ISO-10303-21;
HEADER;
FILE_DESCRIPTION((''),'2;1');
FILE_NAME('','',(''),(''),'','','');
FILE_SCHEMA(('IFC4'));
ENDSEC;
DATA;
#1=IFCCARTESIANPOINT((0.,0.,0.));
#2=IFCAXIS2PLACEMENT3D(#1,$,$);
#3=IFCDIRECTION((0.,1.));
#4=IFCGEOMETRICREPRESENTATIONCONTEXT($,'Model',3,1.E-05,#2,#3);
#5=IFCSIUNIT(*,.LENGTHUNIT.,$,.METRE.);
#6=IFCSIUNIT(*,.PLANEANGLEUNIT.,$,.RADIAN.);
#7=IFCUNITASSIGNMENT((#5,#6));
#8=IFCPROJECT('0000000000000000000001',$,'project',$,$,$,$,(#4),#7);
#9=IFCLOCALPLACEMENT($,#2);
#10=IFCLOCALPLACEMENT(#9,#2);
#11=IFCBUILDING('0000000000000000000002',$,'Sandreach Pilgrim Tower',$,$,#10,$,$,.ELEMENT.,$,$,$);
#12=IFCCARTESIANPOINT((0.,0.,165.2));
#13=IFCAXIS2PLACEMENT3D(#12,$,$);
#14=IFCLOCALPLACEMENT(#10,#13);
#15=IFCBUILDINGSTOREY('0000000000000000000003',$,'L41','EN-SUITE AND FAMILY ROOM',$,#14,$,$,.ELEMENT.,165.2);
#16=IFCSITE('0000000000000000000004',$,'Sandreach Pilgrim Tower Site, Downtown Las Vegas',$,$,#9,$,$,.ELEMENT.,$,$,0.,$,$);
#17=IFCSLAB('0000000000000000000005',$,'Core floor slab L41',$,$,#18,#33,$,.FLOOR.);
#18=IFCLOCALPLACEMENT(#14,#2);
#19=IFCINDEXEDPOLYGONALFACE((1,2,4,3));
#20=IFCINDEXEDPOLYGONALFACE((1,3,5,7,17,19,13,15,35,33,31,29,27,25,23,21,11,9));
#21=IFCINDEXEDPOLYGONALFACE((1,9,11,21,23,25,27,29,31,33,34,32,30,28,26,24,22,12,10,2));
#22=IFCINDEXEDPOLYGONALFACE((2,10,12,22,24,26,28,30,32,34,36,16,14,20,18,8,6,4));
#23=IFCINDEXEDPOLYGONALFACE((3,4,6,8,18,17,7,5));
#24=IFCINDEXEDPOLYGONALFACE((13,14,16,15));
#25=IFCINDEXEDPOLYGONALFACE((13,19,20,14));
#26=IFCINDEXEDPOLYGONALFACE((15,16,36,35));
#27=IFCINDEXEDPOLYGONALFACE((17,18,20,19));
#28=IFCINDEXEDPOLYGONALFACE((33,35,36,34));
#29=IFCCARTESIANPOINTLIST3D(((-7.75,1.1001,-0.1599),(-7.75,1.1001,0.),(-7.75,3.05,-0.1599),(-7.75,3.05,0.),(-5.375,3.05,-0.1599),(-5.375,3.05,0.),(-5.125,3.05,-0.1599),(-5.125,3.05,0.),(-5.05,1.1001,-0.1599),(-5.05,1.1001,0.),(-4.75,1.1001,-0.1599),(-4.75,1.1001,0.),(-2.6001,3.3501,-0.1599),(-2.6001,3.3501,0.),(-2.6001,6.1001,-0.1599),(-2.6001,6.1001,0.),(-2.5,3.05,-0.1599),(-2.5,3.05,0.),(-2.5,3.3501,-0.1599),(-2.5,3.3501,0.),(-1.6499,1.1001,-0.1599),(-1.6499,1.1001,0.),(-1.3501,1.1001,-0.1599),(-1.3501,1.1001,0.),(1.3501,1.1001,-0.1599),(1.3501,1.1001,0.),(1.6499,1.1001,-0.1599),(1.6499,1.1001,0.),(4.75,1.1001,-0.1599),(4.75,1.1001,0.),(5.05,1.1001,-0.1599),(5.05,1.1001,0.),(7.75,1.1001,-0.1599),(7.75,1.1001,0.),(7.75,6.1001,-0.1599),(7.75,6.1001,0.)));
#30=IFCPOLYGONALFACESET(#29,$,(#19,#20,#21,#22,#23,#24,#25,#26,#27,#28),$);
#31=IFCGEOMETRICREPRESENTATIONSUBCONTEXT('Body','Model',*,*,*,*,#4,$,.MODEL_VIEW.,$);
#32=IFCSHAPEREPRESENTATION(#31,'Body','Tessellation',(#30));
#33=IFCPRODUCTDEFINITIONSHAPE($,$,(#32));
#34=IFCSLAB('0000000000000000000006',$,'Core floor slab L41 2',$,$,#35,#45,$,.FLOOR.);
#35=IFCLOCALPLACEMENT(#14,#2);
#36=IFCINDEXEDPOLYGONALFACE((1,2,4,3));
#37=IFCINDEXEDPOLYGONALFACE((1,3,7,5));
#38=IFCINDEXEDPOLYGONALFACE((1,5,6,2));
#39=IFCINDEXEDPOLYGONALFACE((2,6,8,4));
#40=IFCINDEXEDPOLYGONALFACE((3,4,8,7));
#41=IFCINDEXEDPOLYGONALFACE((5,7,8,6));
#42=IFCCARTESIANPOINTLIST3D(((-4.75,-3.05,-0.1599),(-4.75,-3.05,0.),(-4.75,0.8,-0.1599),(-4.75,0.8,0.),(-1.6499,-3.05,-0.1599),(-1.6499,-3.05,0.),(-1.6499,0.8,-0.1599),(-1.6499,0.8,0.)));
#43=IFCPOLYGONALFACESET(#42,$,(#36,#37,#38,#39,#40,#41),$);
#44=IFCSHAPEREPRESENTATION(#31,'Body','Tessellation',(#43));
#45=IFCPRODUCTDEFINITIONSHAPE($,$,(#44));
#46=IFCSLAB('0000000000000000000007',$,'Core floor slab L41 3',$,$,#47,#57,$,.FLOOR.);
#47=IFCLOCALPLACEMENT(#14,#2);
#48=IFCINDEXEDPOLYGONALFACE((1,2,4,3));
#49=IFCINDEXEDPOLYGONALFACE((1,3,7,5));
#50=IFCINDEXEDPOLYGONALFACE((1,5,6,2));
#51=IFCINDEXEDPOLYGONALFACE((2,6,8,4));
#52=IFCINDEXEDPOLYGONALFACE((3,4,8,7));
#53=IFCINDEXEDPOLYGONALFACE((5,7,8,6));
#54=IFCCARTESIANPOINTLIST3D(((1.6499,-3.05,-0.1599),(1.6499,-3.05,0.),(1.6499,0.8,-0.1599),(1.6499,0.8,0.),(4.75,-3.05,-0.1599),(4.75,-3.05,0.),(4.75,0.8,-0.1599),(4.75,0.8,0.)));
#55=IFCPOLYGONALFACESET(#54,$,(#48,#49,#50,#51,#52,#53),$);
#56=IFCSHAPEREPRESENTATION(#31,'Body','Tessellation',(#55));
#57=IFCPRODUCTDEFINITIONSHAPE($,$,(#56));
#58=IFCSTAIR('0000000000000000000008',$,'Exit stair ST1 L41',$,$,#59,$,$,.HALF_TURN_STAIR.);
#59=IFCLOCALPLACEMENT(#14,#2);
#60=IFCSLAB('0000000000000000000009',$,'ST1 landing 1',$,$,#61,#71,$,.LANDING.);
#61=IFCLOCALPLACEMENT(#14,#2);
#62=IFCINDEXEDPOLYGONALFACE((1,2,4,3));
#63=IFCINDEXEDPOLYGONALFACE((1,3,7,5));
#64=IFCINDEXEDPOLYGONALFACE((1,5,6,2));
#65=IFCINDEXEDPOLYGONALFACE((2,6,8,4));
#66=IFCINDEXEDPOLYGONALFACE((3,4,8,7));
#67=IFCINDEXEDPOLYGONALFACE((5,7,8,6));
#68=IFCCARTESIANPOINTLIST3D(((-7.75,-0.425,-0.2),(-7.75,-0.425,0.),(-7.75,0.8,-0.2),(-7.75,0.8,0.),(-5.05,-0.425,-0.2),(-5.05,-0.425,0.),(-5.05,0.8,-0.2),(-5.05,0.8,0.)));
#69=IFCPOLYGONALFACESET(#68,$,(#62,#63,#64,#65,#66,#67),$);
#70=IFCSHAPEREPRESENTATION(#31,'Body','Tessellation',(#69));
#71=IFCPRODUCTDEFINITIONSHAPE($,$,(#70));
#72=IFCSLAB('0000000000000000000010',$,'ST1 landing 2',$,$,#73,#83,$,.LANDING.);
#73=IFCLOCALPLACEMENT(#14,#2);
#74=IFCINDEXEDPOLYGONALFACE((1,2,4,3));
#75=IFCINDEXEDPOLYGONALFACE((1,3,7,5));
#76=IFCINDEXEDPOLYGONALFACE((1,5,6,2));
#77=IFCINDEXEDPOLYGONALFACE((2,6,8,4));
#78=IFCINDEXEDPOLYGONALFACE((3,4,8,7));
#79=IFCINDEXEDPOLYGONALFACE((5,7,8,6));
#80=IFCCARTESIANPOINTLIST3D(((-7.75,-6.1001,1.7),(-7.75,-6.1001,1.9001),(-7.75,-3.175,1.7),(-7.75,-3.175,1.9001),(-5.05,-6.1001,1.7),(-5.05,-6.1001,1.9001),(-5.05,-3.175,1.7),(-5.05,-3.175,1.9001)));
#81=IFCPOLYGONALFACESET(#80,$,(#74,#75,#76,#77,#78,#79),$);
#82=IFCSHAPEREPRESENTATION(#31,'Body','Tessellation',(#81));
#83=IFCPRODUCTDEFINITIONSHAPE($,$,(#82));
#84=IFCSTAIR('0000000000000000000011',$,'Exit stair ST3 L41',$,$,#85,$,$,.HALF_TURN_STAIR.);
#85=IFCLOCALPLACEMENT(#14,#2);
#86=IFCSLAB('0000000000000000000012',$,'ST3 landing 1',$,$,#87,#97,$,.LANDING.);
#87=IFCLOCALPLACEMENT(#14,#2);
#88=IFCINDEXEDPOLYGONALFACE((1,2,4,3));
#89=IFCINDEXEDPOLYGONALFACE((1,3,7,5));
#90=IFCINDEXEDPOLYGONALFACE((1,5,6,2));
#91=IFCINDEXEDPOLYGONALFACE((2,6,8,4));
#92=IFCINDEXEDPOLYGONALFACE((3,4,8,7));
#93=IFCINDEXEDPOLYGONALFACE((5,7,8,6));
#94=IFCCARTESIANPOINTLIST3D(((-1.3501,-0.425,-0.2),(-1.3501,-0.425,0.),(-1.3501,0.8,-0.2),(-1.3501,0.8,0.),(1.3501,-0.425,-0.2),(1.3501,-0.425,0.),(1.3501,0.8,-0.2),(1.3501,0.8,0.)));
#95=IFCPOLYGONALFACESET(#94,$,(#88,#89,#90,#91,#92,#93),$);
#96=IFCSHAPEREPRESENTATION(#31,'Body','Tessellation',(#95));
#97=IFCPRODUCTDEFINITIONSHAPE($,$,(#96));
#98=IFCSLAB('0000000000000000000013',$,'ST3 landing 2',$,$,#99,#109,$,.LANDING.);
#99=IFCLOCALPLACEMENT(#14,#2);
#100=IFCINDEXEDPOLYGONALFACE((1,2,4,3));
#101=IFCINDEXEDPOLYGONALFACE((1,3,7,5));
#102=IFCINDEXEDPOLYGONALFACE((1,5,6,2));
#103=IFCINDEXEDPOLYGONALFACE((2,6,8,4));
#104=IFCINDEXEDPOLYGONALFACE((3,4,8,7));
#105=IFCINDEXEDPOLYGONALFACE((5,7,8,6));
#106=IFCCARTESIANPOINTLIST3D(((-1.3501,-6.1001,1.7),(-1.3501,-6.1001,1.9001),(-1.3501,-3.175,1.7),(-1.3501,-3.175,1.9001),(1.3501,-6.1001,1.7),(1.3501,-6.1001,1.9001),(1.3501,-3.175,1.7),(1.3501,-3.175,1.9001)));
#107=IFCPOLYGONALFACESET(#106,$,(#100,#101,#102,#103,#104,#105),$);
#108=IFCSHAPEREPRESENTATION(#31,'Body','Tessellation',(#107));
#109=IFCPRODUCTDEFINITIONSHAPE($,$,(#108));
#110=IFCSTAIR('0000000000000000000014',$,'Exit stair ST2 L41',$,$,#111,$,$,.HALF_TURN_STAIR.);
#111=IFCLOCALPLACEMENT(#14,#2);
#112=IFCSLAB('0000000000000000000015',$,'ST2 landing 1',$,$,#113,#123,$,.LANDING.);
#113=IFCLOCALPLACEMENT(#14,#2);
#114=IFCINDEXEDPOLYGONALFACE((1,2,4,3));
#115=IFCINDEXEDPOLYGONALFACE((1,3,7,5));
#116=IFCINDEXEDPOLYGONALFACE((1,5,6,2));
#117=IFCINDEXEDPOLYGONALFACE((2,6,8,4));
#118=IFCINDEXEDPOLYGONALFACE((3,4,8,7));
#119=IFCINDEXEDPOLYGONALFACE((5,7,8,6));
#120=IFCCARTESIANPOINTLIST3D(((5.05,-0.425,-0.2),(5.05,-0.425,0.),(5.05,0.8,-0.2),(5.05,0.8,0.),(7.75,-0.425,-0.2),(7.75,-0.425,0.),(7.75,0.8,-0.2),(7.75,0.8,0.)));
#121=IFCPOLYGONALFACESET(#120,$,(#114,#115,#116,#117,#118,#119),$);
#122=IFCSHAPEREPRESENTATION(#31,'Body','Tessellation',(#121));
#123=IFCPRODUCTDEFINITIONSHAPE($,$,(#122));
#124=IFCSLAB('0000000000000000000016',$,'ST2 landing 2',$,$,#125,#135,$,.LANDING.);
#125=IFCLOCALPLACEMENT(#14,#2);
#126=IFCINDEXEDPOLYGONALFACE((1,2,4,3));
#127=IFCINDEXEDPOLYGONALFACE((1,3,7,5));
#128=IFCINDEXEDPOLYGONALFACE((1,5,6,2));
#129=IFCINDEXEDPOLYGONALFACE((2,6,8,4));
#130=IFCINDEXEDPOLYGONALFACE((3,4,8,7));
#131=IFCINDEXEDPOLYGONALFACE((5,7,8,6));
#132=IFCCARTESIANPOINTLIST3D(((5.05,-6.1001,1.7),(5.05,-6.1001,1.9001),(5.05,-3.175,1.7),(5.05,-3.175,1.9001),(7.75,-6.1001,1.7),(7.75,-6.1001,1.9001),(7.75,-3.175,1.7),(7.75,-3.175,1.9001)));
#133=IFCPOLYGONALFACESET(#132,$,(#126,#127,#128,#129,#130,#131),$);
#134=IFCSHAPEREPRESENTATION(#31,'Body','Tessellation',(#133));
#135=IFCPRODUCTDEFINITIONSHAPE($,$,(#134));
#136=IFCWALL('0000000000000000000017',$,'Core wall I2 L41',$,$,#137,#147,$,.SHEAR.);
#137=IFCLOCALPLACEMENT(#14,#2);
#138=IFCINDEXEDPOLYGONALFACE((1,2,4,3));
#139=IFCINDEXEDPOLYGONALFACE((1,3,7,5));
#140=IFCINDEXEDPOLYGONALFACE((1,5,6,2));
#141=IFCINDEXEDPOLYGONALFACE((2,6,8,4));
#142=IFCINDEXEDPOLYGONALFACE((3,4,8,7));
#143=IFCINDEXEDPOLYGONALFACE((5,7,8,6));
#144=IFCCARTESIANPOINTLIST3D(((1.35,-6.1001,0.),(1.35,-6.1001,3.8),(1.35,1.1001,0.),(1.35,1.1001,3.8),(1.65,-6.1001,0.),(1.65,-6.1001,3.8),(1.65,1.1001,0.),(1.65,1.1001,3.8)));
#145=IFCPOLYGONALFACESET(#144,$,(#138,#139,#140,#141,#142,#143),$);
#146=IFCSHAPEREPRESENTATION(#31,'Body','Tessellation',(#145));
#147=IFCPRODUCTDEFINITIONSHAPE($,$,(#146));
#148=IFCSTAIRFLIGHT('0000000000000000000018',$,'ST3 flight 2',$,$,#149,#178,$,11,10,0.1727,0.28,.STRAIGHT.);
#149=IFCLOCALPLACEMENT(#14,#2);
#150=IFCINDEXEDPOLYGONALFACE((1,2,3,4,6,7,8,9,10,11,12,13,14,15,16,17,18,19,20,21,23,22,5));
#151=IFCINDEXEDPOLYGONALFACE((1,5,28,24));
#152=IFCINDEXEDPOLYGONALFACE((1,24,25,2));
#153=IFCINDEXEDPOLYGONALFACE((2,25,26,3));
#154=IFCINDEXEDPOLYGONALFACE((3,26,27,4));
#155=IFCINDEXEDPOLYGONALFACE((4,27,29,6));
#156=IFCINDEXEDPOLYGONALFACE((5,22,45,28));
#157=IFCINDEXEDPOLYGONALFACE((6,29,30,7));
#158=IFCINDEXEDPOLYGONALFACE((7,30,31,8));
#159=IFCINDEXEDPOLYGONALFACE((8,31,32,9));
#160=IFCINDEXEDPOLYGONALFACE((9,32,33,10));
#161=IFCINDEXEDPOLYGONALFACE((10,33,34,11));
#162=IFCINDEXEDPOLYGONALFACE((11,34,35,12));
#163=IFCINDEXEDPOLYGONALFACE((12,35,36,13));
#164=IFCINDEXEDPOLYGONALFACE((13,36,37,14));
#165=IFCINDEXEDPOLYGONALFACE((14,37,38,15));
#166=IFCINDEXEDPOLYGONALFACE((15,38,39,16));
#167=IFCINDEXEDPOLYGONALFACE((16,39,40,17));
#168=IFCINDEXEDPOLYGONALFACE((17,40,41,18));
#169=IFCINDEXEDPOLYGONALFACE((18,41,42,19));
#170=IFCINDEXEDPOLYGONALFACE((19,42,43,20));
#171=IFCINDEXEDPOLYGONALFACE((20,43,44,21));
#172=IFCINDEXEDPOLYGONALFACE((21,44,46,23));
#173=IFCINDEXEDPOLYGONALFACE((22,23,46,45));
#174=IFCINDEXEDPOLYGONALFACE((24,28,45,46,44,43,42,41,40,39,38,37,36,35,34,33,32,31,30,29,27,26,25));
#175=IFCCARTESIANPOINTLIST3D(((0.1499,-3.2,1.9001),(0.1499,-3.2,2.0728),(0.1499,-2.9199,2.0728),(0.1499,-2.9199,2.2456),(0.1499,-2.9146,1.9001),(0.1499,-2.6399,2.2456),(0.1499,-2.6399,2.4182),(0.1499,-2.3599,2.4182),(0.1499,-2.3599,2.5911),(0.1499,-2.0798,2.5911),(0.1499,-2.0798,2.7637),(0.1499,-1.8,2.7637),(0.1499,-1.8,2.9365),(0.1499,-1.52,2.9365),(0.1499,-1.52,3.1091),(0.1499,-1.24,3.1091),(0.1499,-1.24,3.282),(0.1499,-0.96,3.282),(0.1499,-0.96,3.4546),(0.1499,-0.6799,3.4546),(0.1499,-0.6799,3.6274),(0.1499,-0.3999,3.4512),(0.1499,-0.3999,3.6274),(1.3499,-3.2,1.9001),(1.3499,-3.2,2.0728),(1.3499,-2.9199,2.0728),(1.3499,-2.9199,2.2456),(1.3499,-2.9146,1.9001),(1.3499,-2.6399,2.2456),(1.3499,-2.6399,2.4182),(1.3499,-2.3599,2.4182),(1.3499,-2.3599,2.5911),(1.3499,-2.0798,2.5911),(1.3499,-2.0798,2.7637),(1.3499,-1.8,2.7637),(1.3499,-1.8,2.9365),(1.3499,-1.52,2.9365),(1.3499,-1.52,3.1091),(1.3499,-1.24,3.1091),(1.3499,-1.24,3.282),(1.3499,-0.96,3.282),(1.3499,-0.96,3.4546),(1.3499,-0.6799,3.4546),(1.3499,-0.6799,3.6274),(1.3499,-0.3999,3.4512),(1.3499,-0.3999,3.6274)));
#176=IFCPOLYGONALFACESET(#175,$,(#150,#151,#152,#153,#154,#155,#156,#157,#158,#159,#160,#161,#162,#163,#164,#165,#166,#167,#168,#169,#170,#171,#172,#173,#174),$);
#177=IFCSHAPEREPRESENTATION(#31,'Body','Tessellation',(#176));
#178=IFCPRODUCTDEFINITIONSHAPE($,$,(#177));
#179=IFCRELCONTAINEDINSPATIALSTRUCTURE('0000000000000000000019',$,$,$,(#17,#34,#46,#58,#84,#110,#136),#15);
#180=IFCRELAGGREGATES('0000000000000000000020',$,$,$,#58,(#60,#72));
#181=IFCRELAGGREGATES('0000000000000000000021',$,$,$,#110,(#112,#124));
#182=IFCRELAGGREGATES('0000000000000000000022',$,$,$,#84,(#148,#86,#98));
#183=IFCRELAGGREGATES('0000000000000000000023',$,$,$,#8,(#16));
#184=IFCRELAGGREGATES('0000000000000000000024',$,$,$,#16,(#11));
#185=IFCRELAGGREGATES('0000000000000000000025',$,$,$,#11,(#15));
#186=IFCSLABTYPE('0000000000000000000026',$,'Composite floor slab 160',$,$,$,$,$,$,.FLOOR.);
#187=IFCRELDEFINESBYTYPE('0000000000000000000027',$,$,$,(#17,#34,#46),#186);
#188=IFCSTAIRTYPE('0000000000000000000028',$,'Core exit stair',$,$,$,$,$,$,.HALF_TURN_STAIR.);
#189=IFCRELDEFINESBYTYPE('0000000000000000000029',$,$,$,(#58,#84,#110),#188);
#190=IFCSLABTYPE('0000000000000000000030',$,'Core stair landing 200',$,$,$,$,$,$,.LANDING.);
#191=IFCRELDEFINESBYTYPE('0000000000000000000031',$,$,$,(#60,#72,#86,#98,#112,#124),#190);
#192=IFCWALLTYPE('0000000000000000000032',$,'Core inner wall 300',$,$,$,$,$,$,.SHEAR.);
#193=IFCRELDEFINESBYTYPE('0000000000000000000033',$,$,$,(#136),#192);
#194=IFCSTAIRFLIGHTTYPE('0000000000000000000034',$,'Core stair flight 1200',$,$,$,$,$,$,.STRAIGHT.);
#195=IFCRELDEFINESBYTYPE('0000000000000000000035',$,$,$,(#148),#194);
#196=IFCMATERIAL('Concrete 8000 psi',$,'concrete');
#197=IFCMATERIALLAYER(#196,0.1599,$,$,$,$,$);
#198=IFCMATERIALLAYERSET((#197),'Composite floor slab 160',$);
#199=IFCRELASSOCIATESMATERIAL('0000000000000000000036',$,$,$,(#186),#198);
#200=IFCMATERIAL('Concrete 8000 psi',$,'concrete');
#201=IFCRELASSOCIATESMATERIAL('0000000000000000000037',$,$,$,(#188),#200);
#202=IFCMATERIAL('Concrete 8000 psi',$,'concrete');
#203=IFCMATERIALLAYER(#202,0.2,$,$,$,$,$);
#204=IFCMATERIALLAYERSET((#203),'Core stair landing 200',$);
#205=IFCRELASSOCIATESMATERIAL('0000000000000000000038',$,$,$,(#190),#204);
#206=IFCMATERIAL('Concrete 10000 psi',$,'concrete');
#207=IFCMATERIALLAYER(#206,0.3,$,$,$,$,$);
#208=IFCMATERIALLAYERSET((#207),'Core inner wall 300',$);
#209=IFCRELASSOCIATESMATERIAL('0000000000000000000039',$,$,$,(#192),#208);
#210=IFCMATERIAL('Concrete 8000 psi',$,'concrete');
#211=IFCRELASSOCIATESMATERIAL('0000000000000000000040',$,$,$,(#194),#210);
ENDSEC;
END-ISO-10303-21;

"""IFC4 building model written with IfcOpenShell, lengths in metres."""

from ifc_helpers import new_model, si_unit, direction, frame, frame_2d, origin, place, context, subcontext, project, spatial, polyline, rectangle, outline, extrude, material, layer, layer_set, type_object, element, aggregate, save


model = new_model("IFC4")

# Units and contexts
model_context = context("Model", 3, precision=1e-05, world=origin(), true_north=direction((0.0, 1.0)))
body_context = subcontext(model_context, "Body", "Model", "MODEL_VIEW")
ifc_project = project(units=[si_unit("LENGTHUNIT", "METRE"), si_unit("PLANEANGLEUNIT", "RADIAN")], contexts=[model_context])

# Site, building, storey
site_placement = place(None, origin())
site = spatial("IfcSite", under=ifc_project, at=site_placement, Name="Sandreach Pilgrim Tower Site, Downtown Las Vegas", CompositionType="ELEMENT", RefElevation=0.0)
building_placement = place(site_placement, origin())
building = spatial("IfcBuilding", under=site, at=building_placement, Name="Sandreach Pilgrim Tower", CompositionType="ELEMENT")
storey_placement = place(building_placement, frame((0.0, 0.0, 165.2)))
storey = spatial("IfcBuildingStorey", under=building, at=storey_placement, Name="L41", Description="EN-SUITE AND FAMILY ROOM", CompositionType="ELEMENT", Elevation=165.2)

# Slabs
ifc_material_1 = material(Name="Concrete 8000 psi", Category="concrete")
ifc_layer_1 = layer(ifc_material_1, 0.1599)
ifc_layer_set_1 = layer_set([ifc_layer_1], Name="Composite floor slab 160")
slab_type_1 = type_object("IfcSlabType", Name="Composite floor slab 160", PredefinedType="FLOOR", material=ifc_layer_set_1)
slab_1_placement = place(storey_placement, frame((0.0, 0.0, -0.1599)))
element("IfcSlab", 1, at=slab_1_placement, inside=storey, type_object=slab_type_1, Name="Core floor slab L41", PredefinedType="FLOOR", context=body_context, shape_type="SweptSolid", body=[
    extrude(outline(polyline([(-7.75, 3.05), (-5.375, 3.05), (-5.125, 3.05), (-2.5, 3.05), (-2.5, 3.3501), (-2.6001, 3.3501), (-2.6001, 6.1001), (7.75, 6.1001), (7.75, 1.1001), (5.05, 1.1001), (4.75, 1.1001), (1.6499, 1.1001), (1.3501, 1.1001), (-1.3501, 1.1001), (-1.6499, 1.1001), (-4.75, 1.1001), (-5.05, 1.1001), (-7.75, 1.1001), (-7.75, 3.05)])), origin(), (0.0, 0.0, 1.0), 0.1599),
])
slab_2_placement = place(storey_placement, frame((0.0, 0.0, -0.1599)))
element("IfcSlab", 2, at=slab_2_placement, inside=storey, type_object=slab_type_1, Name="Core floor slab L41 2", PredefinedType="FLOOR", context=body_context, shape_type="SweptSolid", body=[
    extrude(outline(polyline([(-1.6499, -3.05), (-4.75, -3.05), (-4.75, 0.8), (-1.6499, 0.8), (-1.6499, -3.05)])), origin(), (0.0, 0.0, 1.0), 0.1599),
])
slab_3_placement = place(storey_placement, frame((0.0, 0.0, -0.1599)))
element("IfcSlab", 3, at=slab_3_placement, inside=storey, type_object=slab_type_1, Name="Core floor slab L41 3", PredefinedType="FLOOR", context=body_context, shape_type="SweptSolid", body=[
    extrude(outline(polyline([(4.75, -3.05), (1.6499, -3.05), (1.6499, 0.8), (4.75, 0.8), (4.75, -3.05)])), origin(), (0.0, 0.0, 1.0), 0.1599),
])

# Stairs, slabs
ifc_material_2 = material(Name="Concrete 8000 psi", Category="concrete")
stair_type = type_object("IfcStairType", Name="Core exit stair", PredefinedType="HALF_TURN_STAIR", material=ifc_material_2)
stair_1_placement = place(storey_placement, origin())
stair_1 = element("IfcStair", 4, at=stair_1_placement, inside=storey, type_object=stair_type, Name="Exit stair ST1 L41", PredefinedType="HALF_TURN_STAIR")
ifc_material_3 = material(Name="Concrete 8000 psi", Category="concrete")
ifc_layer_2 = layer(ifc_material_3, 0.2)
ifc_layer_set_2 = layer_set([ifc_layer_2], Name="Core stair landing 200")
slab_type_2 = type_object("IfcSlabType", Name="Core stair landing 200", PredefinedType="LANDING", material=ifc_layer_set_2)
slab_4_placement = place(storey_placement, frame((0.0, 0.0, -0.2)))
slab_4 = element("IfcSlab", 5, at=slab_4_placement, type_object=slab_type_2, Name="ST1 landing 1", PredefinedType="LANDING", context=body_context, shape_type="SweptSolid", body=[
    extrude(outline(polyline([(-7.75, -0.425), (-5.05, -0.425), (-5.05, 0.8), (-7.75, 0.8), (-7.75, -0.425)])), origin(), (0.0, 0.0, 1.0), 0.2),
])
slab_5_placement = place(storey_placement, frame((0.0, 0.0, 1.7)))
slab_5 = element("IfcSlab", 6, at=slab_5_placement, type_object=slab_type_2, Name="ST1 landing 2", PredefinedType="LANDING", context=body_context, shape_type="SweptSolid", body=[
    extrude(outline(polyline([(-7.75, -6.1001), (-5.05, -6.1001), (-5.05, -3.175), (-7.75, -3.175), (-7.75, -6.1001)])), origin(), (0.0, 0.0, 1.0), 0.2002),
])
aggregate(stair_1, [slab_4, slab_5])
stair_2_placement = place(storey_placement, origin())
stair_2 = element("IfcStair", 7, at=stair_2_placement, inside=storey, type_object=stair_type, Name="Exit stair ST3 L41", PredefinedType="HALF_TURN_STAIR")
slab_6_placement = place(storey_placement, frame((0.0, 0.0, -0.2)))
slab_6 = element("IfcSlab", 8, at=slab_6_placement, type_object=slab_type_2, Name="ST3 landing 1", PredefinedType="LANDING", context=body_context, shape_type="SweptSolid", body=[
    extrude(outline(polyline([(-1.3501, -0.425), (1.3501, -0.425), (1.3501, 0.8), (-1.3501, 0.8), (-1.3501, -0.425)])), origin(), (0.0, 0.0, 1.0), 0.2),
])
slab_7_placement = place(storey_placement, frame((0.0, 0.0, 1.7)))
slab_7 = element("IfcSlab", 9, at=slab_7_placement, type_object=slab_type_2, Name="ST3 landing 2", PredefinedType="LANDING", context=body_context, shape_type="SweptSolid", body=[
    extrude(outline(polyline([(-1.3501, -6.1001), (1.3501, -6.1001), (1.3501, -3.175), (-1.3501, -3.175), (-1.3501, -6.1001)])), origin(), (0.0, 0.0, 1.0), 0.2002),
])
stair_3_placement = place(storey_placement, origin())
stair_3 = element("IfcStair", 10, at=stair_3_placement, inside=storey, type_object=stair_type, Name="Exit stair ST2 L41", PredefinedType="HALF_TURN_STAIR")
slab_8_placement = place(storey_placement, frame((0.0, 0.0, -0.2)))
slab_8 = element("IfcSlab", 11, at=slab_8_placement, type_object=slab_type_2, Name="ST2 landing 1", PredefinedType="LANDING", context=body_context, shape_type="SweptSolid", body=[
    extrude(outline(polyline([(5.05, -0.425), (7.75, -0.425), (7.75, 0.8), (5.05, 0.8), (5.05, -0.425)])), origin(), (0.0, 0.0, 1.0), 0.2),
])
slab_9_placement = place(storey_placement, frame((0.0, 0.0, 1.7)))
slab_9 = element("IfcSlab", 12, at=slab_9_placement, type_object=slab_type_2, Name="ST2 landing 2", PredefinedType="LANDING", context=body_context, shape_type="SweptSolid", body=[
    extrude(outline(polyline([(5.05, -6.1001), (7.75, -6.1001), (7.75, -3.175), (5.05, -3.175), (5.05, -6.1001)])), origin(), (0.0, 0.0, 1.0), 0.2002),
])
aggregate(stair_3, [slab_8, slab_9])

# Wall
ifc_material_4 = material(Name="Concrete 10000 psi", Category="concrete")
ifc_layer_3 = layer(ifc_material_4, 0.3)
ifc_layer_set_3 = layer_set([ifc_layer_3], Name="Core inner wall 300")
wall_type = type_object("IfcWallType", Name="Core inner wall 300", PredefinedType="SHEAR", material=ifc_layer_set_3)
wall_1_placement = place(storey_placement, frame((1.5, -6.1001, 0.0), z_axis=(0.0, 0.0, 1.0), x_axis=(0.0, 1.0, 0.0)))
element("IfcWall", 13, at=wall_1_placement, inside=storey, type_object=wall_type, Name="Core wall I2 L41", PredefinedType="SHEAR", context=body_context, shape_type="SweptSolid", body=[
    extrude(rectangle(XDim=7.2002, YDim=0.3, at=frame_2d((3.6001, 0.0))), origin(), (0.0, 0.0, 1.0), 3.8),
])

# Stair flight
ifc_material_5 = material(Name="Concrete 8000 psi", Category="concrete")
stair_flight_type = type_object("IfcStairFlightType", Name="Core stair flight 1200", PredefinedType="STRAIGHT", material=ifc_material_5)
stair_flight_placement = place(storey_placement, frame((0.75, -3.2, 1.9001), z_axis=(0.0, 0.0, 1.0), x_axis=(0.0, 1.0, 0.0)))
stair_flight = element("IfcStairFlight", 14, at=stair_flight_placement, type_object=stair_flight_type, Name="ST3 flight 2", NumberOfRisers=11, NumberOfTreads=10, PredefinedType="STRAIGHT", RiserHeight=0.1727, TreadLength=0.28, context=body_context, shape_type="SweptSolid", body=[
    extrude(outline(polyline([(0.0, 0.0), (0.0, 0.1726), (0.28, 0.1726), (0.28, 0.3455), (0.5601, 0.3455), (0.5601, 0.5181), (0.8401, 0.5181), (0.8401, 0.6909), (1.1201, 0.6909), (1.1201, 0.8635), (1.3999, 0.8635), (1.3999, 1.0364), (1.6799, 1.0364), (1.6799, 1.209), (1.96, 1.209), (1.96, 1.3818), (2.24, 1.3818), (2.24, 1.5544), (2.52, 1.5544), (2.52, 1.7273), (2.8, 1.7273), (2.8, 1.8999), (2.8, 1.551), (0.2854, 0.0), (0.0, 0.0)])), frame((0.0, 0.6001, 0.0), z_axis=(0.0, -1.0, 0.0), x_axis=(1.0, 0.0, 0.0)), (0.0, 0.0, 1.0), 1.2),
])
aggregate(stair_2, [stair_flight, slab_6, slab_7])

save(model, "model.ifc")
